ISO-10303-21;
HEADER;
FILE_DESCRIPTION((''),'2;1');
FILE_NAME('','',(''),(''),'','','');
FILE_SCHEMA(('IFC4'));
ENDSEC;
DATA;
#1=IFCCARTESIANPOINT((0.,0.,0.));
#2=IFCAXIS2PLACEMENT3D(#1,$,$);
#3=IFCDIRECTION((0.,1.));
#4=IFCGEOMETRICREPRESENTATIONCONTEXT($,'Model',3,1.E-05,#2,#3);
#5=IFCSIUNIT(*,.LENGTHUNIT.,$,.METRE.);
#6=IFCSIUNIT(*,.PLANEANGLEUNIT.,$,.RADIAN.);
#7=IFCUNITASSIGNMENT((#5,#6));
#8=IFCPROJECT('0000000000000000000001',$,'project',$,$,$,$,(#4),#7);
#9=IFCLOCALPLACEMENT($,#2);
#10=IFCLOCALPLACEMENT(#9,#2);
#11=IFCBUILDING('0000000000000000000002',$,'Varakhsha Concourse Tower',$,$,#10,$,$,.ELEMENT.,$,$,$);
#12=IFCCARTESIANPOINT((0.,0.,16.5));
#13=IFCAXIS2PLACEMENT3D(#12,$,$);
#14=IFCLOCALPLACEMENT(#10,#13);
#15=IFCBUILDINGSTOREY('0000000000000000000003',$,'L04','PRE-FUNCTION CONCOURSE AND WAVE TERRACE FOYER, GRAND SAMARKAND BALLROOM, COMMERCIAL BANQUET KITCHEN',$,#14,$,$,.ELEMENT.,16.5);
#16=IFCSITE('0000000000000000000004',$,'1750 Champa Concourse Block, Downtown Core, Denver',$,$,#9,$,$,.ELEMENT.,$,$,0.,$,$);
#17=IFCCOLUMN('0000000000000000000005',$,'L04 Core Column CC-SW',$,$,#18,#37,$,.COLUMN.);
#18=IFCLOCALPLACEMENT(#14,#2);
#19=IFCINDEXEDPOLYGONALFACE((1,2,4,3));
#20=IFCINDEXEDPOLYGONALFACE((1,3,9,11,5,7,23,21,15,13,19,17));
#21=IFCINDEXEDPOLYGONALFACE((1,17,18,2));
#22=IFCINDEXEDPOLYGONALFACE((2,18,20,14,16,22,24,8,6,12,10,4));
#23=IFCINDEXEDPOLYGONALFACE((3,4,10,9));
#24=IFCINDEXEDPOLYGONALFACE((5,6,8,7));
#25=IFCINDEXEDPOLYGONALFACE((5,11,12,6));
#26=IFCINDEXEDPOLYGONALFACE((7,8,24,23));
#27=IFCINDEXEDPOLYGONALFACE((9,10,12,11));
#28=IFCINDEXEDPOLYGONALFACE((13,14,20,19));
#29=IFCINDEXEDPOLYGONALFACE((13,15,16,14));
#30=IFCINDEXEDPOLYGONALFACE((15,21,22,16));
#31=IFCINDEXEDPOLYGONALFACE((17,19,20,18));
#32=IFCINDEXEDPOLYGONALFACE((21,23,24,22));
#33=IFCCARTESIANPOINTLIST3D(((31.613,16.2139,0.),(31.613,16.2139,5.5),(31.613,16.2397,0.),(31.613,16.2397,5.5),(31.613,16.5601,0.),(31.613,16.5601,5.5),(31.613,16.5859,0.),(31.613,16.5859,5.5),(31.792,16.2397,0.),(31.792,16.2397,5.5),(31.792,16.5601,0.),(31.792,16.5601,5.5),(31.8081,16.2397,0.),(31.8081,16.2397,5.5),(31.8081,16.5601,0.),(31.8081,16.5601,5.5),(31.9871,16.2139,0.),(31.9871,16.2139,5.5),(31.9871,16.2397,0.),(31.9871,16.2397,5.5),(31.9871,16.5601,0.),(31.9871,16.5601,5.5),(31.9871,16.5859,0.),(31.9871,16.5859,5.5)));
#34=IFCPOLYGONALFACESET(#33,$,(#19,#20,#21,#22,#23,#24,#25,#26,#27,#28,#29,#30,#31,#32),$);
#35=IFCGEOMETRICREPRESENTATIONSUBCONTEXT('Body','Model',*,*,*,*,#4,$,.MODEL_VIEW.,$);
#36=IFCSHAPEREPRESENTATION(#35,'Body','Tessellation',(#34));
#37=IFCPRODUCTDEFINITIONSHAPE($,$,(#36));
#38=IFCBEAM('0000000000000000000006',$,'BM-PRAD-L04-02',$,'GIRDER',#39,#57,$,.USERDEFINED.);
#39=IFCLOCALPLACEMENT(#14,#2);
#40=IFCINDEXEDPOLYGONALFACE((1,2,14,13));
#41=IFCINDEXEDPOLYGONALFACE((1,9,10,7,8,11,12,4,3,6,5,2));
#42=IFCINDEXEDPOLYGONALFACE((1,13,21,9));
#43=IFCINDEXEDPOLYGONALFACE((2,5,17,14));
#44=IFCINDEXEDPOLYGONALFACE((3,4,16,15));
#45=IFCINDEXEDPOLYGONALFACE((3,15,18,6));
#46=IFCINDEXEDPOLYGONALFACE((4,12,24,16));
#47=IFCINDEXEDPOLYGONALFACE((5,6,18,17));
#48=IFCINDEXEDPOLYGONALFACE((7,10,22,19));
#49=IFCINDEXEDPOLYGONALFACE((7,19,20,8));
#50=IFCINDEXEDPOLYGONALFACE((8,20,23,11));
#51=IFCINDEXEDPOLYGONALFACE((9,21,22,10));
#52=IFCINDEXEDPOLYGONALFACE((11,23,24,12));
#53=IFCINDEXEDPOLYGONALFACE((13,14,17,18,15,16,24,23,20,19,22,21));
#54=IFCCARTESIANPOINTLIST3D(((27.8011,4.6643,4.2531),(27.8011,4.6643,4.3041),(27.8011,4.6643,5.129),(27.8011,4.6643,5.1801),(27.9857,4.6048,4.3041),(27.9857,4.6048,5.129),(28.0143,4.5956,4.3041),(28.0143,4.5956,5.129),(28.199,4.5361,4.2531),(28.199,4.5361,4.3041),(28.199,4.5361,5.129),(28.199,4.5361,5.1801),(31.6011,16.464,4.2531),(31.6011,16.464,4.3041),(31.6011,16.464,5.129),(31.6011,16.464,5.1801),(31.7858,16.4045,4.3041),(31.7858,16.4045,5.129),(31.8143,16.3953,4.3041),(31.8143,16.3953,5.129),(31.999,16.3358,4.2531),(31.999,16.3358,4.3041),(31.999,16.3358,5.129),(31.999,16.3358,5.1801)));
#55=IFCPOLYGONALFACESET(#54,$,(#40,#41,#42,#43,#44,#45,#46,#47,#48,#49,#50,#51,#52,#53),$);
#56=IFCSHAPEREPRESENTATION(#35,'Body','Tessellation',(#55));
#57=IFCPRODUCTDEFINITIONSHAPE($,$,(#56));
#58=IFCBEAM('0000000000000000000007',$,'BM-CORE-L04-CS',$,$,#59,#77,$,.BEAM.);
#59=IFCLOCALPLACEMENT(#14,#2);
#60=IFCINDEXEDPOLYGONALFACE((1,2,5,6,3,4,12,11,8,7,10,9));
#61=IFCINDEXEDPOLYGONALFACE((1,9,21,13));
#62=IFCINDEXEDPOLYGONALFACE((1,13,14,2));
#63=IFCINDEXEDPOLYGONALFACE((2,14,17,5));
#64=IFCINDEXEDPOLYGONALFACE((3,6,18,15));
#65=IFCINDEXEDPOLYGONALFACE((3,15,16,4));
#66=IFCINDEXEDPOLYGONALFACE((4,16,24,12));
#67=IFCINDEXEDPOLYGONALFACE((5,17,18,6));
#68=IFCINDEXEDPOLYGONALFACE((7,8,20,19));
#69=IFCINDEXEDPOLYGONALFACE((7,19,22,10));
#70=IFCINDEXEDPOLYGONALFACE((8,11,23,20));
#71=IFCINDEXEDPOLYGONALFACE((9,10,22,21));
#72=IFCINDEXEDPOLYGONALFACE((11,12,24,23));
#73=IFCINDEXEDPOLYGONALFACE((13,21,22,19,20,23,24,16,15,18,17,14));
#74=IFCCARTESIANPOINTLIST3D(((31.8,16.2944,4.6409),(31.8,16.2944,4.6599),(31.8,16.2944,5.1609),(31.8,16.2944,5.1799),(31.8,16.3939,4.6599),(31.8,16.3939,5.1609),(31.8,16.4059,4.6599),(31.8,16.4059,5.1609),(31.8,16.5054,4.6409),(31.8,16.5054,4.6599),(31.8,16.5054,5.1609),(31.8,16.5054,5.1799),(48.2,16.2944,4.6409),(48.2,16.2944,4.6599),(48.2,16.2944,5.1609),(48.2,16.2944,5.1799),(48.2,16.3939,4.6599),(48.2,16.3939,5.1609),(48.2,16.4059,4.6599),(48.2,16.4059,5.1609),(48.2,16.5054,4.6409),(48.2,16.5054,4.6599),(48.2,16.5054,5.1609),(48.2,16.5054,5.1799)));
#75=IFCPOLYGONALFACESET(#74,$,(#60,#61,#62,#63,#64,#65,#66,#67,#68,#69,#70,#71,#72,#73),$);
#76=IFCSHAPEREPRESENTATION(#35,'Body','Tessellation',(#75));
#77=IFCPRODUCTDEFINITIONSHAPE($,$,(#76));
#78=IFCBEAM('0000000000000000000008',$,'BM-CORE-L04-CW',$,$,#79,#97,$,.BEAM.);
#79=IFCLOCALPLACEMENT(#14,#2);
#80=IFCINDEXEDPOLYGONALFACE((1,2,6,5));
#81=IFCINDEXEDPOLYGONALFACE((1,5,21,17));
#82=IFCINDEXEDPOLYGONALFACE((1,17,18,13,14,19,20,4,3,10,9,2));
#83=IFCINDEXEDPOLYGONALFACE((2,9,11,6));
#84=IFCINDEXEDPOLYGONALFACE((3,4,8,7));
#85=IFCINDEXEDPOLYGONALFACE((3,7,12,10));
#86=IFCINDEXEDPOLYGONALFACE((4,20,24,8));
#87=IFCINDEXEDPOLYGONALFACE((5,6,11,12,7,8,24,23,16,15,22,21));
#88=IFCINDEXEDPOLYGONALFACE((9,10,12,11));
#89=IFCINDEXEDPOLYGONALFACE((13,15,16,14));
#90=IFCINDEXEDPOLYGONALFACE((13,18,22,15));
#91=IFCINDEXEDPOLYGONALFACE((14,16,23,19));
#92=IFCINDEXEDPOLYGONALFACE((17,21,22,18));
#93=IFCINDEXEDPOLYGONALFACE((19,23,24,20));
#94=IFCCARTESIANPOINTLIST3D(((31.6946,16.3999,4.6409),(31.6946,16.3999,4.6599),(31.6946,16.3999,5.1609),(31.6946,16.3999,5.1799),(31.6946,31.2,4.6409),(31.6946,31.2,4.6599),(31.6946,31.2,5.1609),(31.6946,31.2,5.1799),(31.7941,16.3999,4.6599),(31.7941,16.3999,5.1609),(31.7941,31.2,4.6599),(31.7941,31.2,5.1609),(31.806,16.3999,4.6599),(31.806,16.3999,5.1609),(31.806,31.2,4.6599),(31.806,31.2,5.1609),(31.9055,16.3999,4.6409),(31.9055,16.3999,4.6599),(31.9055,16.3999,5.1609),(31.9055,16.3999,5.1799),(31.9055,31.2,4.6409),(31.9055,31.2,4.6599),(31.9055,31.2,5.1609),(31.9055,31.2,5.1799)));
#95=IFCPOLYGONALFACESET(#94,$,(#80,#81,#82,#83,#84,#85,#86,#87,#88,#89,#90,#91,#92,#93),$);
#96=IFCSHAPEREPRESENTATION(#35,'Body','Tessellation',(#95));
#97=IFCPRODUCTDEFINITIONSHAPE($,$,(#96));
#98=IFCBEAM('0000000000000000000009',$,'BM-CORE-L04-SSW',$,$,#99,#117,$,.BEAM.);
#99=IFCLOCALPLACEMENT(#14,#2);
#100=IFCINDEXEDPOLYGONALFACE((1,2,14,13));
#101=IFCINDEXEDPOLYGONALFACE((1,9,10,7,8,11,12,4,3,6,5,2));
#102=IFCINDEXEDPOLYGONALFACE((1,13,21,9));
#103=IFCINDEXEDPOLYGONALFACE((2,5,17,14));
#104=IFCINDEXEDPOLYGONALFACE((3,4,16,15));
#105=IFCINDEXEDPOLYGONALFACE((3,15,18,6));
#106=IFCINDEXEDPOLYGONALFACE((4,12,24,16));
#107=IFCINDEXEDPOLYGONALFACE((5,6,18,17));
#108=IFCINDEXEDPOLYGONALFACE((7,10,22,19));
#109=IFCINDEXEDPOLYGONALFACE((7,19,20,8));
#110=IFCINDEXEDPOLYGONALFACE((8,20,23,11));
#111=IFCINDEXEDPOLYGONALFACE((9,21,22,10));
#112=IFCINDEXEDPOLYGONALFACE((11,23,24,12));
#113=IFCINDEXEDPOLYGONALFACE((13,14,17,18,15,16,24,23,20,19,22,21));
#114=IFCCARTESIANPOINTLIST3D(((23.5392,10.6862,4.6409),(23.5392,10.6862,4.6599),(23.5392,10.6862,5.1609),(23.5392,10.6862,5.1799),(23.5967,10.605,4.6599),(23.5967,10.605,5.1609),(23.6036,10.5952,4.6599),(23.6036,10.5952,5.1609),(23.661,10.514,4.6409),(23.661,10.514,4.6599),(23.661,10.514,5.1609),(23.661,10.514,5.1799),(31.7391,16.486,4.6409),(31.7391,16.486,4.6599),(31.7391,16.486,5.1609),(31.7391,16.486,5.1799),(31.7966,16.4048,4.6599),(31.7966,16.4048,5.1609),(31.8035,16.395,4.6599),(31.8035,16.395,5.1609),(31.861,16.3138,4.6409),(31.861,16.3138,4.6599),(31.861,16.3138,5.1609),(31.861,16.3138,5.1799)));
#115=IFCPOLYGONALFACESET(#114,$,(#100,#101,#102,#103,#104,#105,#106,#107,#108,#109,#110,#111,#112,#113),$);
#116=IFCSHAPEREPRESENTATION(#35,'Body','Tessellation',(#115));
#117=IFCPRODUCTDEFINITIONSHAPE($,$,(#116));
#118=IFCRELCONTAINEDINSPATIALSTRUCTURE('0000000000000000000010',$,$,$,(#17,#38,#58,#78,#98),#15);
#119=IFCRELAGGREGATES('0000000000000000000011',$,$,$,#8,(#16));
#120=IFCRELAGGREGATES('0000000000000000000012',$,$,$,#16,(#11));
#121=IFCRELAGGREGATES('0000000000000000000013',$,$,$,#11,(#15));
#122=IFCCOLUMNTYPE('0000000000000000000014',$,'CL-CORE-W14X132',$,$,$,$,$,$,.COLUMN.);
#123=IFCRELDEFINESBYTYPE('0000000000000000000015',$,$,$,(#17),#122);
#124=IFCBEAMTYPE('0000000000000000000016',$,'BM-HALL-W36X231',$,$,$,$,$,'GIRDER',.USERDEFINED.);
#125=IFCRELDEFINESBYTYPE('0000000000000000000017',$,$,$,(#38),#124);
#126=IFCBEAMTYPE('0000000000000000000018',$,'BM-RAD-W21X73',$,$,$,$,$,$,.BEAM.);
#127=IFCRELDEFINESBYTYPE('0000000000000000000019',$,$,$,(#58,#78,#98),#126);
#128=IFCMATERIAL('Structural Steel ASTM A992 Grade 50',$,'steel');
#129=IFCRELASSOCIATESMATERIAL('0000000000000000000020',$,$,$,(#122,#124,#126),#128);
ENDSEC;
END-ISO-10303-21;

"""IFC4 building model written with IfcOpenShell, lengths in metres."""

from ifc_helpers import new_model, si_unit, direction, frame, origin, origin_2d, place, context, subcontext, project, spatial, i_section, extrude, material, material_profile, profile_set, type_object, element, save


model = new_model("IFC4")

# Units and contexts
model_context = context("Model", 3, precision=1e-05, world=origin(), true_north=direction((0.0, 1.0)))
body_context = subcontext(model_context, "Body", "Model", "MODEL_VIEW")
ifc_project = project(units=[si_unit("LENGTHUNIT", "METRE"), si_unit("PLANEANGLEUNIT", "RADIAN")], contexts=[model_context])

# Site, building, storey
site_placement = place(None, origin())
site = spatial("IfcSite", under=ifc_project, at=site_placement, Name="1750 Champa Concourse Block, Downtown Core, Denver", CompositionType="ELEMENT", RefElevation=0.0)
building_placement = place(site_placement, origin())
building = spatial("IfcBuilding", under=site, at=building_placement, Name="Varakhsha Concourse Tower", CompositionType="ELEMENT")
storey_placement = place(building_placement, frame((0.0, 0.0, 16.5)))
storey = spatial("IfcBuildingStorey", under=building, at=storey_placement, Name="L04", Description="PRE-FUNCTION CONCOURSE AND WAVE TERRACE FOYER, GRAND SAMARKAND BALLROOM, COMMERCIAL BANQUET KITCHEN", CompositionType="ELEMENT", Elevation=16.5)

# Column
ifc_material_1 = material(Name="Structural Steel ASTM A992 Grade 50", Category="steel")
ifc_material_profile_1 = material_profile(ifc_material_1, i_section(OverallWidth=0.374, OverallDepth=0.3721, WebThickness=0.0161, FlangeThickness=0.0259, at=origin_2d()), Name="W14X132")
ifc_profile_set_1 = profile_set([ifc_material_profile_1], Name="Structural Steel ASTM A992 Grade 50")
column_type = type_object("IfcColumnType", Name="CL-CORE-W14X132", PredefinedType="COLUMN", material=ifc_profile_set_1)
column_placement = place(storey_placement, frame((31.8, 16.3999, 0.0), z_axis=(0.0, 0.0, 1.0), x_axis=(1.0, 0.0, 0.0)))
element("IfcColumn", 1, at=column_placement, inside=storey, type_object=column_type, Name="L04 Core Column CC-SW", PredefinedType="COLUMN", context=body_context, shape_type="SweptSolid", body=[
    extrude(i_section(OverallWidth=0.374, OverallDepth=0.3721, WebThickness=0.0161, FlangeThickness=0.0259, at=origin_2d()), origin(), (0.0, 0.0, 1.0), 5.5),
])

# Beams
ifc_material_profile_2 = material_profile(ifc_material_1, i_section(OverallWidth=0.418, OverallDepth=0.927, WebThickness=0.03, FlangeThickness=0.051, at=origin_2d()), Name="W36X231")
ifc_profile_set_2 = profile_set([ifc_material_profile_2], Name="Structural Steel ASTM A992 Grade 50")
beam_type_1 = type_object("IfcBeamType", Name="BM-HALL-W36X231", ElementType="GIRDER", PredefinedType="USERDEFINED", material=ifc_profile_set_2)
beam_1_placement = place(storey_placement, frame((31.8, 16.3999, 4.7166), z_axis=(-0.30654, -0.951858, 0.0), x_axis=(0.951858, -0.30654, 0.0)))
element("IfcBeam", 2, at=beam_1_placement, inside=storey, type_object=beam_type_1, Name="BM-PRAD-L04-02", ObjectType="GIRDER", PredefinedType="USERDEFINED", context=body_context, shape_type="SweptSolid", body=[
    extrude(i_section(OverallWidth=0.418, OverallDepth=0.927, WebThickness=0.03, FlangeThickness=0.051, at=origin_2d()), origin(), (0.0, 0.0, 1.0), 12.3965),
])
ifc_material_profile_3 = material_profile(ifc_material_1, i_section(OverallWidth=0.2109, OverallDepth=0.5391, WebThickness=0.012, FlangeThickness=0.019, at=origin_2d()), Name="W21X73")
ifc_profile_set_3 = profile_set([ifc_material_profile_3], Name="Structural Steel ASTM A992 Grade 50")
beam_type_2 = type_object("IfcBeamType", Name="BM-RAD-W21X73", PredefinedType="BEAM", material=ifc_profile_set_3)
beam_2_placement = place(storey_placement, frame((31.8, 16.3999, 4.9104), z_axis=(1.0, 0.0, 0.0), x_axis=(0.0, 1.0, 0.0)))
element("IfcBeam", 3, at=beam_2_placement, inside=storey, type_object=beam_type_2, Name="BM-CORE-L04-CS", PredefinedType="BEAM", context=body_context, shape_type="SweptSolid", body=[
    extrude(i_section(OverallWidth=0.2109, OverallDepth=0.5391, WebThickness=0.012, FlangeThickness=0.019, at=origin_2d()), origin(), (0.0, 0.0, 1.0), 16.3999),
])
beam_3_placement = place(storey_placement, frame((31.8, 16.3999, 4.9104), z_axis=(0.0, 1.0, 0.0), x_axis=(-1.0, 0.0, 0.0)))
element("IfcBeam", 4, at=beam_3_placement, inside=storey, type_object=beam_type_2, Name="BM-CORE-L04-CW", PredefinedType="BEAM", context=body_context, shape_type="SweptSolid", body=[
    extrude(i_section(OverallWidth=0.2109, OverallDepth=0.5391, WebThickness=0.012, FlangeThickness=0.019, at=origin_2d()), origin(), (0.0, 0.0, 1.0), 14.8),
])
beam_4_placement = place(storey_placement, frame((31.8, 16.3999, 4.9104), z_axis=(-0.816423, -0.577454, 0.0), x_axis=(0.577454, -0.816423, 0.0)))
element("IfcBeam", 5, at=beam_4_placement, inside=storey, type_object=beam_type_2, Name="BM-CORE-L04-SSW", PredefinedType="BEAM", context=body_context, shape_type="SweptSolid", body=[
    extrude(i_section(OverallWidth=0.2109, OverallDepth=0.5391, WebThickness=0.012, FlangeThickness=0.019, at=origin_2d()), origin(), (0.0, 0.0, 1.0), 10.0437),
])

save(model, "model.ifc")
